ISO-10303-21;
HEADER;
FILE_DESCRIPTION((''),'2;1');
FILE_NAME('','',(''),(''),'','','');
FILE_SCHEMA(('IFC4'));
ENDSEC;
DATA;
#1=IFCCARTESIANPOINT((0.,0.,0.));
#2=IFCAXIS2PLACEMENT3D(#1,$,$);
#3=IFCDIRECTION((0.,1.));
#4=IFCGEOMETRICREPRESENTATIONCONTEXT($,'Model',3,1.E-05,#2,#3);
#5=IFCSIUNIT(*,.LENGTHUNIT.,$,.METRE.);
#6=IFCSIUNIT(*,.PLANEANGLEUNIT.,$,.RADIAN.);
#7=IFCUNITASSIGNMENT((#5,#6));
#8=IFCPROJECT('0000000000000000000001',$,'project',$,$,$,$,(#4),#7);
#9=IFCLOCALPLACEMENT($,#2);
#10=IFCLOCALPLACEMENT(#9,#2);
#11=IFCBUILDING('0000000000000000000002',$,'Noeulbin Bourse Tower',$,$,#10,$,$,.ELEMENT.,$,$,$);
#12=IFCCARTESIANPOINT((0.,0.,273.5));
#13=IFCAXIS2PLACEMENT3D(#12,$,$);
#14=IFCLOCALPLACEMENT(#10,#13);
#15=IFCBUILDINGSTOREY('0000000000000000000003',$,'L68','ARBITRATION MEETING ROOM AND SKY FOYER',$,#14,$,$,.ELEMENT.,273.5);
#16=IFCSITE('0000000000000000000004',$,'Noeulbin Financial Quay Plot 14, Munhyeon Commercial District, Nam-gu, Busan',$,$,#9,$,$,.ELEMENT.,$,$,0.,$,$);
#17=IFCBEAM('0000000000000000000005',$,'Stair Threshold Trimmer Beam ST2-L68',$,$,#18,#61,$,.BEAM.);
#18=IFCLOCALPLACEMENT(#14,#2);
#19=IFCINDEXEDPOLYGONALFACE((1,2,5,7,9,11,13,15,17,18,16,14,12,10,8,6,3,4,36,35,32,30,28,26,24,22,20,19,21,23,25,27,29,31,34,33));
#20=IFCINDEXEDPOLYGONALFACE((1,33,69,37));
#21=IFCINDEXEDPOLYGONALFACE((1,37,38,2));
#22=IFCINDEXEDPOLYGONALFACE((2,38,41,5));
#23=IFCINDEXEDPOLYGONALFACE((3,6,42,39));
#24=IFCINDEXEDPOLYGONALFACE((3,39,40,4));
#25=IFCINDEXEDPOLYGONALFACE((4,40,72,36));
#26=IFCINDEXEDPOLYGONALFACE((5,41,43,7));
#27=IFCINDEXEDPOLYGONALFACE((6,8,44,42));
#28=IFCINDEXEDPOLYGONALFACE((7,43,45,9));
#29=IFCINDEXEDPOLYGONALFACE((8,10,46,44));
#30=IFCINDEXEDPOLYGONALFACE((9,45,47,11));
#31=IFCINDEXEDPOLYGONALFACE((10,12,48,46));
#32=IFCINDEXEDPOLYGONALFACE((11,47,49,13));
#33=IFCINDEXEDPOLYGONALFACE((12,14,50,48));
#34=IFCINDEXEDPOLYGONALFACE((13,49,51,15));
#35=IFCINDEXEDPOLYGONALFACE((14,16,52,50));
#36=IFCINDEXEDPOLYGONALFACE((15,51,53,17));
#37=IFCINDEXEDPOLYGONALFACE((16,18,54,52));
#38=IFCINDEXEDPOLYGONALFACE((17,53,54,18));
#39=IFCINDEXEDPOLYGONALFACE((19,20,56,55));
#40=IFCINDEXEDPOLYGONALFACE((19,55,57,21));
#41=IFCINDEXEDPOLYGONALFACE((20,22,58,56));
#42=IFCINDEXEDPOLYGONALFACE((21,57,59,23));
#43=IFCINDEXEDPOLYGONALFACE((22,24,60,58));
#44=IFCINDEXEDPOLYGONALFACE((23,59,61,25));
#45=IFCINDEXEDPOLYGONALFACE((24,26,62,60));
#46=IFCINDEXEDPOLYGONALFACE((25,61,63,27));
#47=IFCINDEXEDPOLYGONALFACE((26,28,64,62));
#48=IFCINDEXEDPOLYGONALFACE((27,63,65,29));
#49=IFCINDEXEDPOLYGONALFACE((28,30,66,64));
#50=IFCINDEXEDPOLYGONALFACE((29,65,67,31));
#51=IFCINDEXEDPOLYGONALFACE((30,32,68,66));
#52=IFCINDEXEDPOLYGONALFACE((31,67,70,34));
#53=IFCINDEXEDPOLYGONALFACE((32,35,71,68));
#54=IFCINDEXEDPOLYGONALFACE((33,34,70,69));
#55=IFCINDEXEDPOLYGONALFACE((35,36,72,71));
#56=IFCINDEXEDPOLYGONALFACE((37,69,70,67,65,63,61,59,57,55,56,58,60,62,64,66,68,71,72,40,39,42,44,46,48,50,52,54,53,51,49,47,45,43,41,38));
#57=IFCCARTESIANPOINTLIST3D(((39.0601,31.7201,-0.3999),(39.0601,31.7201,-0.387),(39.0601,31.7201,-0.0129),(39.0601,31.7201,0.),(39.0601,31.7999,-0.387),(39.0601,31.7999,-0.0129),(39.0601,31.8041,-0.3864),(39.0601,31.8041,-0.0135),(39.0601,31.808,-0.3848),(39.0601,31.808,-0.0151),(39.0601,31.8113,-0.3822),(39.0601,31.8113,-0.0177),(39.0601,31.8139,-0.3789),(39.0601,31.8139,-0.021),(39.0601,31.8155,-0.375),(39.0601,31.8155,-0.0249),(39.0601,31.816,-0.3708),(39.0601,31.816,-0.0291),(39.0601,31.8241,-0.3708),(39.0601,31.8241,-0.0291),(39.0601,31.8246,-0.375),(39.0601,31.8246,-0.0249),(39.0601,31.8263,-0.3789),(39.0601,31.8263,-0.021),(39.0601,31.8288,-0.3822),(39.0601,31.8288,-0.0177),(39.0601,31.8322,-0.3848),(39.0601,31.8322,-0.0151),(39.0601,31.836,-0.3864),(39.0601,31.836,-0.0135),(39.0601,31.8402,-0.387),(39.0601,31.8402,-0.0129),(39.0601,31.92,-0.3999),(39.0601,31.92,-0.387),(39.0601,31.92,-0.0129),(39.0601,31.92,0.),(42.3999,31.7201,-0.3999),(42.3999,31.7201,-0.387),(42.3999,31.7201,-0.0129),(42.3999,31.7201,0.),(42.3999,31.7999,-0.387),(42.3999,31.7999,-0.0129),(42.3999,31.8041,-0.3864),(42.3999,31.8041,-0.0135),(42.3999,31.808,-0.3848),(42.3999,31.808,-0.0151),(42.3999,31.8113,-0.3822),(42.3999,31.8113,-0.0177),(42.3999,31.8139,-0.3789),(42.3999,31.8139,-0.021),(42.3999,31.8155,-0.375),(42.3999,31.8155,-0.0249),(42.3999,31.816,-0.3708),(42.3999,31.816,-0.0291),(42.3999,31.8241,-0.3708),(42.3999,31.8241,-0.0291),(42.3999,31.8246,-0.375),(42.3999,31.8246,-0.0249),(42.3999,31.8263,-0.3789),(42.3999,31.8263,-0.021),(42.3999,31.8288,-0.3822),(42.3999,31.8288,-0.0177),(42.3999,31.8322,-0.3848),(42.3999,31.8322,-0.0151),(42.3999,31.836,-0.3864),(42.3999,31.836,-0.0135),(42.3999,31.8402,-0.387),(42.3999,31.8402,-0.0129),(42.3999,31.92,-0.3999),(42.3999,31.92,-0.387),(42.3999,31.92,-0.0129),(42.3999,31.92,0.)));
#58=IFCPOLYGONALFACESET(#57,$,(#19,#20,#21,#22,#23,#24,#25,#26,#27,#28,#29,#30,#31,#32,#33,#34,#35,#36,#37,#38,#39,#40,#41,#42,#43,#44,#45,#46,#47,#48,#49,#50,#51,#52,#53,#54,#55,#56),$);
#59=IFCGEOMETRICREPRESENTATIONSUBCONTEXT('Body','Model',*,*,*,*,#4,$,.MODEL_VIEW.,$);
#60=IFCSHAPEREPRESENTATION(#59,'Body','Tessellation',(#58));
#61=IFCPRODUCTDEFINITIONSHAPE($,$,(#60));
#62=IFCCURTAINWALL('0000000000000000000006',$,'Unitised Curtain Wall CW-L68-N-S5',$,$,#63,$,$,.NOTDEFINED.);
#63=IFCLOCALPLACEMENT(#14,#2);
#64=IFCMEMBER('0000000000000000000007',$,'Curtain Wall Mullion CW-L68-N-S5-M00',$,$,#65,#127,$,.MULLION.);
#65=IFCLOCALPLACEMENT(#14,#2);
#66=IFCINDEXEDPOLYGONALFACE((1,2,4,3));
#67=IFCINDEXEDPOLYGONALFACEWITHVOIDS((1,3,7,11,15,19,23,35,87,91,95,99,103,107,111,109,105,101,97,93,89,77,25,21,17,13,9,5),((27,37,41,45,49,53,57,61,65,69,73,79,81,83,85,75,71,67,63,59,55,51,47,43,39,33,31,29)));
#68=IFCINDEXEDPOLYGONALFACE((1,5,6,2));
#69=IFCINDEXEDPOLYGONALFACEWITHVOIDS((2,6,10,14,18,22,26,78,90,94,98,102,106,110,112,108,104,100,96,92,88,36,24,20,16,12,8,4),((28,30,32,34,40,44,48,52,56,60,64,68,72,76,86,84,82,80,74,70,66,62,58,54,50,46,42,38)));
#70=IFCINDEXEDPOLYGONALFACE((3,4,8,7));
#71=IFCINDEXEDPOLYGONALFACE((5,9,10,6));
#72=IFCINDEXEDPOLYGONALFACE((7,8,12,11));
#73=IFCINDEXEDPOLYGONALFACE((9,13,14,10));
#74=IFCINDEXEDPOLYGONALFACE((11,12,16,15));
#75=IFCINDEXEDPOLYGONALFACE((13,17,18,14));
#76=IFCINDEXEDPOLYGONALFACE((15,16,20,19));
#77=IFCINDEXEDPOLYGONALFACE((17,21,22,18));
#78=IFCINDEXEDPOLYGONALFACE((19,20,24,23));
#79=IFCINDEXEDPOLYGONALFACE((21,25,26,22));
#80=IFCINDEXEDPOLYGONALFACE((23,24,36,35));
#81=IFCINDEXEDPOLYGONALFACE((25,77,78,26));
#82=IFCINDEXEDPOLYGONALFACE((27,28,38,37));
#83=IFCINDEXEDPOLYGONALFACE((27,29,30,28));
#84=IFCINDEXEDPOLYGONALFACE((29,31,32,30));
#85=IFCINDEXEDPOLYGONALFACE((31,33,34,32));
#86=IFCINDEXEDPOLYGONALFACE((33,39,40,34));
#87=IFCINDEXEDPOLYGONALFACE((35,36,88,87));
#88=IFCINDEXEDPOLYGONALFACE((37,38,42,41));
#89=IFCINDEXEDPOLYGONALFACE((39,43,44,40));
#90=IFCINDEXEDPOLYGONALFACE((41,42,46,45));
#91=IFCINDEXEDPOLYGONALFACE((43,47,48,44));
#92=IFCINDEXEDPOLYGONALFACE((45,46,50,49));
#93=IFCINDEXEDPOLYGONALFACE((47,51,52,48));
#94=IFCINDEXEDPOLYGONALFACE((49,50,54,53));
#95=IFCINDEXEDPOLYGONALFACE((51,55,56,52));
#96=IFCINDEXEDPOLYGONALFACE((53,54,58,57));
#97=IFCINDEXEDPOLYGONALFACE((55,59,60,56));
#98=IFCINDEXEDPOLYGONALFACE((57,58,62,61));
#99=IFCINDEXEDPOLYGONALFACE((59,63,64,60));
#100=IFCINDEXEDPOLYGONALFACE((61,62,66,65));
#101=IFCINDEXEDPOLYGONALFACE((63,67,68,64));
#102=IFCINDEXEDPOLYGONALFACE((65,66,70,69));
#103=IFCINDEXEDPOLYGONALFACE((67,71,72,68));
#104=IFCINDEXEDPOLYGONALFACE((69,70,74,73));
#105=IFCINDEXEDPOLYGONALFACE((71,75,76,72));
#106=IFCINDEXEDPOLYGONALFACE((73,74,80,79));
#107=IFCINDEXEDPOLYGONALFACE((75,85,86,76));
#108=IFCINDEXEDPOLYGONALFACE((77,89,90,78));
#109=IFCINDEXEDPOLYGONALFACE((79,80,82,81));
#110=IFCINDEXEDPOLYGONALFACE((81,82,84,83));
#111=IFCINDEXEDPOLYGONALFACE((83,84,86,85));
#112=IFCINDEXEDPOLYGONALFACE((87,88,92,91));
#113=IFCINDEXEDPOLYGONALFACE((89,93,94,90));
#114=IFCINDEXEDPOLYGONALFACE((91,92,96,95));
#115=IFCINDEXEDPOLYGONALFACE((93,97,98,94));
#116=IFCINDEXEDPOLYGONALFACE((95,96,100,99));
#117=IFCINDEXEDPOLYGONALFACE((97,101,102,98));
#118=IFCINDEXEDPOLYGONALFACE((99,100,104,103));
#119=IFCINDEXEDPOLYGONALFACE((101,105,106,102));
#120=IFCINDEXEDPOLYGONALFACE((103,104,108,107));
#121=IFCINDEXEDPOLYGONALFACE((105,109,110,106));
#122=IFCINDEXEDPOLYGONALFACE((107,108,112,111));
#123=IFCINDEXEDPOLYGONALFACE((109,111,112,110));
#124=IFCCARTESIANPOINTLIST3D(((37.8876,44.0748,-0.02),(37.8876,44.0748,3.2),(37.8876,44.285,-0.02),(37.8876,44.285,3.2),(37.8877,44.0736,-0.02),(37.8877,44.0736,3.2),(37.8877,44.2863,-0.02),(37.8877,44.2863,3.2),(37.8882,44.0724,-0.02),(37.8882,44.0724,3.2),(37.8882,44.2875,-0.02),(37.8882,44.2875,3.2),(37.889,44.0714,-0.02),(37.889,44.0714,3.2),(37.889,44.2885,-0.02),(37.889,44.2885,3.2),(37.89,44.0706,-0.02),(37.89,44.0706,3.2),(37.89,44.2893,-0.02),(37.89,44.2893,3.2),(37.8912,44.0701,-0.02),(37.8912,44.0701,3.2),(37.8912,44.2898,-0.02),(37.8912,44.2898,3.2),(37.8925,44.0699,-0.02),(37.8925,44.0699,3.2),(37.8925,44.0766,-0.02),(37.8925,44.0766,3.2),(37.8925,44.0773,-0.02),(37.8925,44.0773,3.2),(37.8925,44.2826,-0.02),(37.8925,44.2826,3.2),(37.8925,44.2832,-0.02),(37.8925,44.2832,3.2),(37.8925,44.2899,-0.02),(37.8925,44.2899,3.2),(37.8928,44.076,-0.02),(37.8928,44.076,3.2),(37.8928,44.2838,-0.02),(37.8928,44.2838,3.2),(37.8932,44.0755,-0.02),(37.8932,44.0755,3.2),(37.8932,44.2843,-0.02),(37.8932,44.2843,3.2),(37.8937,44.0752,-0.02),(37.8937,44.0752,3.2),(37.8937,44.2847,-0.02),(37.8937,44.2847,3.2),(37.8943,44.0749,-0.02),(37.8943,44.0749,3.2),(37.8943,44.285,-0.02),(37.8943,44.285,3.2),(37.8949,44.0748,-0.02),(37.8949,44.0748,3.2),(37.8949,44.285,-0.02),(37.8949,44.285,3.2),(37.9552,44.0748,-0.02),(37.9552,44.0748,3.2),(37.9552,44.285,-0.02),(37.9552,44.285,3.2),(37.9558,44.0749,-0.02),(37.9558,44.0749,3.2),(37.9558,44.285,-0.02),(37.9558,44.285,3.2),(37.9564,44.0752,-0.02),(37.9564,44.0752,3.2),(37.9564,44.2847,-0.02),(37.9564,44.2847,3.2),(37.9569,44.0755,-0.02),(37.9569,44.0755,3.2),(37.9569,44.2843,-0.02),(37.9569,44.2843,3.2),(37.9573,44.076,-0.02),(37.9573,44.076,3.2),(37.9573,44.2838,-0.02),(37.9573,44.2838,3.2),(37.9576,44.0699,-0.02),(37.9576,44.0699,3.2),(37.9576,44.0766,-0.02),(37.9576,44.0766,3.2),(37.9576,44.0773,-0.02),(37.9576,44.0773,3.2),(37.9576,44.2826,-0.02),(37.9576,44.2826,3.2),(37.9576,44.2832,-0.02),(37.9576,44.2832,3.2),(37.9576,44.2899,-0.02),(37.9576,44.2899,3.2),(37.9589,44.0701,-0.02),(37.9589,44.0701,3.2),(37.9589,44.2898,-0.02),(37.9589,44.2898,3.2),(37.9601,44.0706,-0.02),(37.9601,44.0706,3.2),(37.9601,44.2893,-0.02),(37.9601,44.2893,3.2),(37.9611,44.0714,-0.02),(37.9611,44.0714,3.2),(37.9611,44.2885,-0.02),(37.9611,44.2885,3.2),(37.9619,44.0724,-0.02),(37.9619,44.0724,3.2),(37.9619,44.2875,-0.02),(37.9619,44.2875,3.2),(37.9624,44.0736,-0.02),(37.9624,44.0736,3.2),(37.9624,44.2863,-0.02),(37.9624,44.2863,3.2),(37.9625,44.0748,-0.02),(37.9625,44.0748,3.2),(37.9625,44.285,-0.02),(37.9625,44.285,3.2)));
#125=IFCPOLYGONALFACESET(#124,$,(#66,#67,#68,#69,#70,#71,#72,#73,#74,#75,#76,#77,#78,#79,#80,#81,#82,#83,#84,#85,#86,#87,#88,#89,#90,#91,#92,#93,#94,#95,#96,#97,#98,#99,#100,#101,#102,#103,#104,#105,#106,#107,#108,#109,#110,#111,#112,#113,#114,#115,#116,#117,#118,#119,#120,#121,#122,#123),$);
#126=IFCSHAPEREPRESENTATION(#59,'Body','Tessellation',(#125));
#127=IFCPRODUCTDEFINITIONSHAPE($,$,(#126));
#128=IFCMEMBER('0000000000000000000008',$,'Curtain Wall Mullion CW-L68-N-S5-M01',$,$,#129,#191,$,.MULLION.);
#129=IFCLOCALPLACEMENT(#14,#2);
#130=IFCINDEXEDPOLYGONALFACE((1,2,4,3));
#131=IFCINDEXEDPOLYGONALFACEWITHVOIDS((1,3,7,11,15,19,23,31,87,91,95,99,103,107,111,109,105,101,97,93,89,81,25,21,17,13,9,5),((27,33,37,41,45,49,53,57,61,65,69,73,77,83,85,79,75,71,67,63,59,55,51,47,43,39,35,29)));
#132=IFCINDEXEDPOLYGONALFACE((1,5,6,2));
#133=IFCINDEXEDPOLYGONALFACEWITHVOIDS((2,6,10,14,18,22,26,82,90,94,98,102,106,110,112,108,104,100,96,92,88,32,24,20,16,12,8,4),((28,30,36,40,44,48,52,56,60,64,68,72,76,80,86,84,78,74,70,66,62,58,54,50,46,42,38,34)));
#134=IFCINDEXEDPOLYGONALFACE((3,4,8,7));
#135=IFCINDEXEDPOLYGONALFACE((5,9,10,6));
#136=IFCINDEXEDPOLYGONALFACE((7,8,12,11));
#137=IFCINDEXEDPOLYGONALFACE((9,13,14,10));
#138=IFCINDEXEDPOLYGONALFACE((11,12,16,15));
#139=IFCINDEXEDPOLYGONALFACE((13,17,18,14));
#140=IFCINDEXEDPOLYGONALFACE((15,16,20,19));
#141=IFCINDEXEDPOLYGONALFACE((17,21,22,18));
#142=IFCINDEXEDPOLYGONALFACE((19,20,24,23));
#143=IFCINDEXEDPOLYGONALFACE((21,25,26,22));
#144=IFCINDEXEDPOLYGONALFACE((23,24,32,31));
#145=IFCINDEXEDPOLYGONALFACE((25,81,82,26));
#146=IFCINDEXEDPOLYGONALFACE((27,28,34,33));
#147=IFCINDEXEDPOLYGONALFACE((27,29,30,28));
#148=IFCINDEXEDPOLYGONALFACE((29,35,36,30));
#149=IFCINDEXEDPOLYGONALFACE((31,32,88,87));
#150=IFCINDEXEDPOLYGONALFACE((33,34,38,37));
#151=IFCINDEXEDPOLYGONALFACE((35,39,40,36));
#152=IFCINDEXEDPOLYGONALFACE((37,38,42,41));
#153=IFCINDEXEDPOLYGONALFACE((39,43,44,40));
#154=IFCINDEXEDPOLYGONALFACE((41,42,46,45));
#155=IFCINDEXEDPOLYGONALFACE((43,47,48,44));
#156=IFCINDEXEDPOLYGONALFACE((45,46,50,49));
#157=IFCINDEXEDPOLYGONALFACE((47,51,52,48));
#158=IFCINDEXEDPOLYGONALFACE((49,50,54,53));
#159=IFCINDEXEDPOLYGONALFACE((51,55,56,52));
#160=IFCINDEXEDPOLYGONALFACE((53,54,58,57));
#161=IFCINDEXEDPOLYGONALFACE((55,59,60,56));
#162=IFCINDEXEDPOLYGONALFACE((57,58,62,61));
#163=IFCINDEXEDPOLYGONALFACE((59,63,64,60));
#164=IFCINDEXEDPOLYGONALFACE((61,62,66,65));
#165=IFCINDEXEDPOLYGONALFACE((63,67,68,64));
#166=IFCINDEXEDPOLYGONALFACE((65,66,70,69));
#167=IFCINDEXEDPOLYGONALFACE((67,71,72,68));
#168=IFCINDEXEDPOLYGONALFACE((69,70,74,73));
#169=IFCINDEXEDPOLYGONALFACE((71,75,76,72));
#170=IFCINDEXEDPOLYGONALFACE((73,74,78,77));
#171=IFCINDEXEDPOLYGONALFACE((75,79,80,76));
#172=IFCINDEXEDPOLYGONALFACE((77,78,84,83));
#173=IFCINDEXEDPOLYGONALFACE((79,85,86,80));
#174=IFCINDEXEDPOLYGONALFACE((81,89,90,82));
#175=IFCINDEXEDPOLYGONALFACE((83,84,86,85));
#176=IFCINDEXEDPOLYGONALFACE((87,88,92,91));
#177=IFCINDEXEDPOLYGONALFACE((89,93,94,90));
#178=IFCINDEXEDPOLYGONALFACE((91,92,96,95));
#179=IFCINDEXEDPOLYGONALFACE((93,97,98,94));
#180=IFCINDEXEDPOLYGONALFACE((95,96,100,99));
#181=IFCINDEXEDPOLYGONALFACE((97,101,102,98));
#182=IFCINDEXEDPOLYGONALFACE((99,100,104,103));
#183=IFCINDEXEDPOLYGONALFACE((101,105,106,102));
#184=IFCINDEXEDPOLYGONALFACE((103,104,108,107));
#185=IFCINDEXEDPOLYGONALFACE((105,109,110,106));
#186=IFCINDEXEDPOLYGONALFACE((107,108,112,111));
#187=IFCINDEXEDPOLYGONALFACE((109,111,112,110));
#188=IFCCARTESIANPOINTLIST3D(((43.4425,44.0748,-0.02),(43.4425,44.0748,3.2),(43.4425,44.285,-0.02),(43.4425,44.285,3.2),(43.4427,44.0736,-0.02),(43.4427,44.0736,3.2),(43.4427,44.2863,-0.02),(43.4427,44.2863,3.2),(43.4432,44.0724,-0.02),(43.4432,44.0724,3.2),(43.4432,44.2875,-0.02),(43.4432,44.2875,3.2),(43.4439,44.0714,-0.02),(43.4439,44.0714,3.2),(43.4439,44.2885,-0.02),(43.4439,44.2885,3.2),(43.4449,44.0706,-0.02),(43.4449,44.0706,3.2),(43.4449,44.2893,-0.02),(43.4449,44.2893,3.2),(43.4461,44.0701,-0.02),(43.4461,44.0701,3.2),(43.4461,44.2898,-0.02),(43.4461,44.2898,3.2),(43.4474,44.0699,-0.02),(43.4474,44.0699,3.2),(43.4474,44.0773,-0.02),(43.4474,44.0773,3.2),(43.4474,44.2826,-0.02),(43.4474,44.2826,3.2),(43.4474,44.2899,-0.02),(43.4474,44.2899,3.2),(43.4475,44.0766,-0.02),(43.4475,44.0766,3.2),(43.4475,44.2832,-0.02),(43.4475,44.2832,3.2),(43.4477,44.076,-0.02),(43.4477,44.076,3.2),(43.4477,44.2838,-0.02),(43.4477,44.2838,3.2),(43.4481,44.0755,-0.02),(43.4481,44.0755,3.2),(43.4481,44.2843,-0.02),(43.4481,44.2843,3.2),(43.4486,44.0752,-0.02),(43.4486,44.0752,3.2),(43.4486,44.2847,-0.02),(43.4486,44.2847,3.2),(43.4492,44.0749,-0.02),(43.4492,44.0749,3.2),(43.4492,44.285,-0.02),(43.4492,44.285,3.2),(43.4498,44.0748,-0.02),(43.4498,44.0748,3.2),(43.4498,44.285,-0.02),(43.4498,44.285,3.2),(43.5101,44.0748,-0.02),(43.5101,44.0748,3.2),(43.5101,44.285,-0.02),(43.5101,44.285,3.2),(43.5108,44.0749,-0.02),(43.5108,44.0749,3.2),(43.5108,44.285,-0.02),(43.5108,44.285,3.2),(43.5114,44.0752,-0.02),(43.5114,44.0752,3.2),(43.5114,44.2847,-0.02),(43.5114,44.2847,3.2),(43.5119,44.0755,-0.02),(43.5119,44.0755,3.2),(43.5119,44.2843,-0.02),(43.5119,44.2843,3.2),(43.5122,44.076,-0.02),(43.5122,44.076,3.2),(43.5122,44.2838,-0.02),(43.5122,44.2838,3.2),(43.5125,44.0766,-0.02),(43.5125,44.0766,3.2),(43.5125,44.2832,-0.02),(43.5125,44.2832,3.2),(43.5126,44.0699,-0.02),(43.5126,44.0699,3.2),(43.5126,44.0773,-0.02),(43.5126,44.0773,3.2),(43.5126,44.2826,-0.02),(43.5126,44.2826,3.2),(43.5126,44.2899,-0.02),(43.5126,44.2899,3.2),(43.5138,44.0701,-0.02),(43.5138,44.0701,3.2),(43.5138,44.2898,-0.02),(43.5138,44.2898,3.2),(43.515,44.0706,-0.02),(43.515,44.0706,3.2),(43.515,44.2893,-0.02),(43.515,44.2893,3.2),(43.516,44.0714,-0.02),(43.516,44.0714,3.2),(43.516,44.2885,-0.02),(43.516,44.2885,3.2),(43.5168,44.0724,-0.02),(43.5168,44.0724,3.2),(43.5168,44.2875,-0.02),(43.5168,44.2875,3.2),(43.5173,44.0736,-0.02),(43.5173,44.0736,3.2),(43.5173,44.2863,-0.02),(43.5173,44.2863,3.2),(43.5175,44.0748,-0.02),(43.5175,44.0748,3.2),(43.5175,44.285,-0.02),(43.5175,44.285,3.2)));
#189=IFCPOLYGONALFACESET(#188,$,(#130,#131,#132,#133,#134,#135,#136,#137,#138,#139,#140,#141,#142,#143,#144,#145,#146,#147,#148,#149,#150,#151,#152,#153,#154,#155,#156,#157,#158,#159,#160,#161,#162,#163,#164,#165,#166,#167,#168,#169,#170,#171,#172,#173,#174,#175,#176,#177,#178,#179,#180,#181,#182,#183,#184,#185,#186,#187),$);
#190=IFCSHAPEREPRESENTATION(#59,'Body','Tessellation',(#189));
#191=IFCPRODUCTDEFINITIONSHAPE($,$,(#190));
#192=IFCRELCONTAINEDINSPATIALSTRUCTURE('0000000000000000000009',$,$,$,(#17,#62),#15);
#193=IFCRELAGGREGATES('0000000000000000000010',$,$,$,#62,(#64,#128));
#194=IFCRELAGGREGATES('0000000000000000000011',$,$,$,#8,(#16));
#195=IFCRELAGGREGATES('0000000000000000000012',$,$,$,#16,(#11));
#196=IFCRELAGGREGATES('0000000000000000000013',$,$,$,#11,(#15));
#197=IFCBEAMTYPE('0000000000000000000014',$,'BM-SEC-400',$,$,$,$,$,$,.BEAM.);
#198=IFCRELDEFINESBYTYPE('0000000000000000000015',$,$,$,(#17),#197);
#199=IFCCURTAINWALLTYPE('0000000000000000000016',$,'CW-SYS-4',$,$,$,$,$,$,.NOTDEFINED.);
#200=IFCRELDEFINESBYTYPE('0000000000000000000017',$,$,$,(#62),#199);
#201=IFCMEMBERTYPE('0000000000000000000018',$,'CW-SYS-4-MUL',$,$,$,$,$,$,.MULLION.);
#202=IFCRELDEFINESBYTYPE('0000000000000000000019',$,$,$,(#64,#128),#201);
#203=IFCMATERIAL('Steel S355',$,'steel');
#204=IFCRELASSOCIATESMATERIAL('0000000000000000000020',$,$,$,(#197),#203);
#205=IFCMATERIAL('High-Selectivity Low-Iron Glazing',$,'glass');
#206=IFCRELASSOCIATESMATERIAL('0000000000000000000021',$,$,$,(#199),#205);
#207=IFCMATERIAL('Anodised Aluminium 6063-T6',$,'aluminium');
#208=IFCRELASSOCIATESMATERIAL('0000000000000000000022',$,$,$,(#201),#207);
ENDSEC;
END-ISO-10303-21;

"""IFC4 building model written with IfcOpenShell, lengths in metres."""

from ifc_helpers import new_model, si_unit, direction, frame, origin, origin_2d, place, context, subcontext, project, spatial, hollow_rectangle, i_section, extrude, material, material_profile, profile_set, type_object, element, aggregate, save


model = new_model("IFC4")

# Units and contexts
model_context = context("Model", 3, precision=1e-05, world=origin(), true_north=direction((0.0, 1.0)))
body_context = subcontext(model_context, "Body", "Model", "MODEL_VIEW")
ifc_project = project(units=[si_unit("LENGTHUNIT", "METRE"), si_unit("PLANEANGLEUNIT", "RADIAN")], contexts=[model_context])

# Site, building, storey
site_placement = place(None, origin())
site = spatial("IfcSite", under=ifc_project, at=site_placement, Name="Noeulbin Financial Quay Plot 14, Munhyeon Commercial District, Nam-gu, Busan", CompositionType="ELEMENT", RefElevation=0.0)
building_placement = place(site_placement, origin())
building = spatial("IfcBuilding", under=site, at=building_placement, Name="Noeulbin Bourse Tower", CompositionType="ELEMENT")
storey_placement = place(building_placement, frame((0.0, 0.0, 273.5)))
storey = spatial("IfcBuildingStorey", under=building, at=storey_placement, Name="L68", Description="ARBITRATION MEETING ROOM AND SKY FOYER", CompositionType="ELEMENT", Elevation=273.5)

# Shared definitions
ifc_material_1 = material(Name="Steel S355", Category="steel")

# Beam
ifc_material_profile_1 = material_profile(ifc_material_1, i_section(OverallWidth=0.2, OverallDepth=0.3999, WebThickness=0.0081, FlangeThickness=0.0129, FilletRadius=0.0161, at=origin_2d()), Name="H-400x200x8x13", Category="LoadBearing")
ifc_profile_set_1 = profile_set([ifc_material_profile_1], Name="Steel S355")
beam_type_1 = type_object("IfcBeamType", Name="BM-SEC-400", PredefinedType="BEAM", material=ifc_profile_set_1)
beam_1_placement = place(storey_placement, frame((39.0601, 31.8201, -0.2), z_axis=(1.0, 0.0, 0.0), x_axis=(0.0, 1.0, 0.0)))
element("IfcBeam", 1, at=beam_1_placement, inside=storey, type_object=beam_type_1, Name="Stair Threshold Trimmer Beam ST2-L68", PredefinedType="BEAM", context=body_context, shape_type="SweptSolid", body=[
    extrude(i_section(OverallWidth=0.2, OverallDepth=0.3999, WebThickness=0.0081, FlangeThickness=0.0129, FilletRadius=0.0161, at=origin_2d()), origin(), (0.0, 0.0, 1.0), 3.3398),
])

# Curtain wall, members
ifc_material_2 = material(Name="High-Selectivity Low-Iron Glazing", Category="glass")
curtain_wall_type = type_object("IfcCurtainWallType", Name="CW-SYS-4", PredefinedType="NOTDEFINED", material=ifc_material_2)
curtain_wall_1_placement = place(storey_placement, origin())
curtain_wall_1 = element("IfcCurtainWall", 2, at=curtain_wall_1_placement, inside=storey, type_object=curtain_wall_type, Name="Unitised Curtain Wall CW-L68-N-S5", PredefinedType="NOTDEFINED")
ifc_material_3 = material(Name="Anodised Aluminium 6063-T6", Category="aluminium")
ifc_material_profile_2 = material_profile(ifc_material_3, hollow_rectangle(XDim=0.075, YDim=0.22, WallThickness=0.0049, InnerFilletRadius=0.0024, OuterFilletRadius=0.0049, at=origin_2d()), Name="ALU-MULL-75x220x5", Category="LoadBearing")
ifc_profile_set_2 = profile_set([ifc_material_profile_2], Name="Anodised Aluminium 6063-T6")
member_type_1 = type_object("IfcMemberType", Name="CW-SYS-4-MUL", PredefinedType="MULLION", material=ifc_profile_set_2)
member_1_placement = place(storey_placement, frame((37.925, 44.1799, -0.02), z_axis=(0.0, 0.0, 1.0), x_axis=(1.0, 0.0, 0.0)))
member_1 = element("IfcMember", 3, at=member_1_placement, type_object=member_type_1, Name="Curtain Wall Mullion CW-L68-N-S5-M00", PredefinedType="MULLION", context=body_context, shape_type="SweptSolid", body=[
    extrude(hollow_rectangle(XDim=0.075, YDim=0.22, WallThickness=0.0049, InnerFilletRadius=0.0024, OuterFilletRadius=0.0049, at=origin_2d()), origin(), (0.0, 0.0, 1.0), 3.22),
])
member_2_placement = place(storey_placement, frame((43.48, 44.1799, -0.02), z_axis=(0.0, 0.0, 1.0), x_axis=(1.0, 0.0, 0.0)))
member_2 = element("IfcMember", 4, at=member_2_placement, type_object=member_type_1, Name="Curtain Wall Mullion CW-L68-N-S5-M01", PredefinedType="MULLION", context=body_context, shape_type="SweptSolid", body=[
    extrude(hollow_rectangle(XDim=0.075, YDim=0.22, WallThickness=0.0049, InnerFilletRadius=0.0024, OuterFilletRadius=0.0049, at=origin_2d()), origin(), (0.0, 0.0, 1.0), 3.22),
])

aggregate(curtain_wall_1, [member_1, member_2])

save(model, "model.ifc")
